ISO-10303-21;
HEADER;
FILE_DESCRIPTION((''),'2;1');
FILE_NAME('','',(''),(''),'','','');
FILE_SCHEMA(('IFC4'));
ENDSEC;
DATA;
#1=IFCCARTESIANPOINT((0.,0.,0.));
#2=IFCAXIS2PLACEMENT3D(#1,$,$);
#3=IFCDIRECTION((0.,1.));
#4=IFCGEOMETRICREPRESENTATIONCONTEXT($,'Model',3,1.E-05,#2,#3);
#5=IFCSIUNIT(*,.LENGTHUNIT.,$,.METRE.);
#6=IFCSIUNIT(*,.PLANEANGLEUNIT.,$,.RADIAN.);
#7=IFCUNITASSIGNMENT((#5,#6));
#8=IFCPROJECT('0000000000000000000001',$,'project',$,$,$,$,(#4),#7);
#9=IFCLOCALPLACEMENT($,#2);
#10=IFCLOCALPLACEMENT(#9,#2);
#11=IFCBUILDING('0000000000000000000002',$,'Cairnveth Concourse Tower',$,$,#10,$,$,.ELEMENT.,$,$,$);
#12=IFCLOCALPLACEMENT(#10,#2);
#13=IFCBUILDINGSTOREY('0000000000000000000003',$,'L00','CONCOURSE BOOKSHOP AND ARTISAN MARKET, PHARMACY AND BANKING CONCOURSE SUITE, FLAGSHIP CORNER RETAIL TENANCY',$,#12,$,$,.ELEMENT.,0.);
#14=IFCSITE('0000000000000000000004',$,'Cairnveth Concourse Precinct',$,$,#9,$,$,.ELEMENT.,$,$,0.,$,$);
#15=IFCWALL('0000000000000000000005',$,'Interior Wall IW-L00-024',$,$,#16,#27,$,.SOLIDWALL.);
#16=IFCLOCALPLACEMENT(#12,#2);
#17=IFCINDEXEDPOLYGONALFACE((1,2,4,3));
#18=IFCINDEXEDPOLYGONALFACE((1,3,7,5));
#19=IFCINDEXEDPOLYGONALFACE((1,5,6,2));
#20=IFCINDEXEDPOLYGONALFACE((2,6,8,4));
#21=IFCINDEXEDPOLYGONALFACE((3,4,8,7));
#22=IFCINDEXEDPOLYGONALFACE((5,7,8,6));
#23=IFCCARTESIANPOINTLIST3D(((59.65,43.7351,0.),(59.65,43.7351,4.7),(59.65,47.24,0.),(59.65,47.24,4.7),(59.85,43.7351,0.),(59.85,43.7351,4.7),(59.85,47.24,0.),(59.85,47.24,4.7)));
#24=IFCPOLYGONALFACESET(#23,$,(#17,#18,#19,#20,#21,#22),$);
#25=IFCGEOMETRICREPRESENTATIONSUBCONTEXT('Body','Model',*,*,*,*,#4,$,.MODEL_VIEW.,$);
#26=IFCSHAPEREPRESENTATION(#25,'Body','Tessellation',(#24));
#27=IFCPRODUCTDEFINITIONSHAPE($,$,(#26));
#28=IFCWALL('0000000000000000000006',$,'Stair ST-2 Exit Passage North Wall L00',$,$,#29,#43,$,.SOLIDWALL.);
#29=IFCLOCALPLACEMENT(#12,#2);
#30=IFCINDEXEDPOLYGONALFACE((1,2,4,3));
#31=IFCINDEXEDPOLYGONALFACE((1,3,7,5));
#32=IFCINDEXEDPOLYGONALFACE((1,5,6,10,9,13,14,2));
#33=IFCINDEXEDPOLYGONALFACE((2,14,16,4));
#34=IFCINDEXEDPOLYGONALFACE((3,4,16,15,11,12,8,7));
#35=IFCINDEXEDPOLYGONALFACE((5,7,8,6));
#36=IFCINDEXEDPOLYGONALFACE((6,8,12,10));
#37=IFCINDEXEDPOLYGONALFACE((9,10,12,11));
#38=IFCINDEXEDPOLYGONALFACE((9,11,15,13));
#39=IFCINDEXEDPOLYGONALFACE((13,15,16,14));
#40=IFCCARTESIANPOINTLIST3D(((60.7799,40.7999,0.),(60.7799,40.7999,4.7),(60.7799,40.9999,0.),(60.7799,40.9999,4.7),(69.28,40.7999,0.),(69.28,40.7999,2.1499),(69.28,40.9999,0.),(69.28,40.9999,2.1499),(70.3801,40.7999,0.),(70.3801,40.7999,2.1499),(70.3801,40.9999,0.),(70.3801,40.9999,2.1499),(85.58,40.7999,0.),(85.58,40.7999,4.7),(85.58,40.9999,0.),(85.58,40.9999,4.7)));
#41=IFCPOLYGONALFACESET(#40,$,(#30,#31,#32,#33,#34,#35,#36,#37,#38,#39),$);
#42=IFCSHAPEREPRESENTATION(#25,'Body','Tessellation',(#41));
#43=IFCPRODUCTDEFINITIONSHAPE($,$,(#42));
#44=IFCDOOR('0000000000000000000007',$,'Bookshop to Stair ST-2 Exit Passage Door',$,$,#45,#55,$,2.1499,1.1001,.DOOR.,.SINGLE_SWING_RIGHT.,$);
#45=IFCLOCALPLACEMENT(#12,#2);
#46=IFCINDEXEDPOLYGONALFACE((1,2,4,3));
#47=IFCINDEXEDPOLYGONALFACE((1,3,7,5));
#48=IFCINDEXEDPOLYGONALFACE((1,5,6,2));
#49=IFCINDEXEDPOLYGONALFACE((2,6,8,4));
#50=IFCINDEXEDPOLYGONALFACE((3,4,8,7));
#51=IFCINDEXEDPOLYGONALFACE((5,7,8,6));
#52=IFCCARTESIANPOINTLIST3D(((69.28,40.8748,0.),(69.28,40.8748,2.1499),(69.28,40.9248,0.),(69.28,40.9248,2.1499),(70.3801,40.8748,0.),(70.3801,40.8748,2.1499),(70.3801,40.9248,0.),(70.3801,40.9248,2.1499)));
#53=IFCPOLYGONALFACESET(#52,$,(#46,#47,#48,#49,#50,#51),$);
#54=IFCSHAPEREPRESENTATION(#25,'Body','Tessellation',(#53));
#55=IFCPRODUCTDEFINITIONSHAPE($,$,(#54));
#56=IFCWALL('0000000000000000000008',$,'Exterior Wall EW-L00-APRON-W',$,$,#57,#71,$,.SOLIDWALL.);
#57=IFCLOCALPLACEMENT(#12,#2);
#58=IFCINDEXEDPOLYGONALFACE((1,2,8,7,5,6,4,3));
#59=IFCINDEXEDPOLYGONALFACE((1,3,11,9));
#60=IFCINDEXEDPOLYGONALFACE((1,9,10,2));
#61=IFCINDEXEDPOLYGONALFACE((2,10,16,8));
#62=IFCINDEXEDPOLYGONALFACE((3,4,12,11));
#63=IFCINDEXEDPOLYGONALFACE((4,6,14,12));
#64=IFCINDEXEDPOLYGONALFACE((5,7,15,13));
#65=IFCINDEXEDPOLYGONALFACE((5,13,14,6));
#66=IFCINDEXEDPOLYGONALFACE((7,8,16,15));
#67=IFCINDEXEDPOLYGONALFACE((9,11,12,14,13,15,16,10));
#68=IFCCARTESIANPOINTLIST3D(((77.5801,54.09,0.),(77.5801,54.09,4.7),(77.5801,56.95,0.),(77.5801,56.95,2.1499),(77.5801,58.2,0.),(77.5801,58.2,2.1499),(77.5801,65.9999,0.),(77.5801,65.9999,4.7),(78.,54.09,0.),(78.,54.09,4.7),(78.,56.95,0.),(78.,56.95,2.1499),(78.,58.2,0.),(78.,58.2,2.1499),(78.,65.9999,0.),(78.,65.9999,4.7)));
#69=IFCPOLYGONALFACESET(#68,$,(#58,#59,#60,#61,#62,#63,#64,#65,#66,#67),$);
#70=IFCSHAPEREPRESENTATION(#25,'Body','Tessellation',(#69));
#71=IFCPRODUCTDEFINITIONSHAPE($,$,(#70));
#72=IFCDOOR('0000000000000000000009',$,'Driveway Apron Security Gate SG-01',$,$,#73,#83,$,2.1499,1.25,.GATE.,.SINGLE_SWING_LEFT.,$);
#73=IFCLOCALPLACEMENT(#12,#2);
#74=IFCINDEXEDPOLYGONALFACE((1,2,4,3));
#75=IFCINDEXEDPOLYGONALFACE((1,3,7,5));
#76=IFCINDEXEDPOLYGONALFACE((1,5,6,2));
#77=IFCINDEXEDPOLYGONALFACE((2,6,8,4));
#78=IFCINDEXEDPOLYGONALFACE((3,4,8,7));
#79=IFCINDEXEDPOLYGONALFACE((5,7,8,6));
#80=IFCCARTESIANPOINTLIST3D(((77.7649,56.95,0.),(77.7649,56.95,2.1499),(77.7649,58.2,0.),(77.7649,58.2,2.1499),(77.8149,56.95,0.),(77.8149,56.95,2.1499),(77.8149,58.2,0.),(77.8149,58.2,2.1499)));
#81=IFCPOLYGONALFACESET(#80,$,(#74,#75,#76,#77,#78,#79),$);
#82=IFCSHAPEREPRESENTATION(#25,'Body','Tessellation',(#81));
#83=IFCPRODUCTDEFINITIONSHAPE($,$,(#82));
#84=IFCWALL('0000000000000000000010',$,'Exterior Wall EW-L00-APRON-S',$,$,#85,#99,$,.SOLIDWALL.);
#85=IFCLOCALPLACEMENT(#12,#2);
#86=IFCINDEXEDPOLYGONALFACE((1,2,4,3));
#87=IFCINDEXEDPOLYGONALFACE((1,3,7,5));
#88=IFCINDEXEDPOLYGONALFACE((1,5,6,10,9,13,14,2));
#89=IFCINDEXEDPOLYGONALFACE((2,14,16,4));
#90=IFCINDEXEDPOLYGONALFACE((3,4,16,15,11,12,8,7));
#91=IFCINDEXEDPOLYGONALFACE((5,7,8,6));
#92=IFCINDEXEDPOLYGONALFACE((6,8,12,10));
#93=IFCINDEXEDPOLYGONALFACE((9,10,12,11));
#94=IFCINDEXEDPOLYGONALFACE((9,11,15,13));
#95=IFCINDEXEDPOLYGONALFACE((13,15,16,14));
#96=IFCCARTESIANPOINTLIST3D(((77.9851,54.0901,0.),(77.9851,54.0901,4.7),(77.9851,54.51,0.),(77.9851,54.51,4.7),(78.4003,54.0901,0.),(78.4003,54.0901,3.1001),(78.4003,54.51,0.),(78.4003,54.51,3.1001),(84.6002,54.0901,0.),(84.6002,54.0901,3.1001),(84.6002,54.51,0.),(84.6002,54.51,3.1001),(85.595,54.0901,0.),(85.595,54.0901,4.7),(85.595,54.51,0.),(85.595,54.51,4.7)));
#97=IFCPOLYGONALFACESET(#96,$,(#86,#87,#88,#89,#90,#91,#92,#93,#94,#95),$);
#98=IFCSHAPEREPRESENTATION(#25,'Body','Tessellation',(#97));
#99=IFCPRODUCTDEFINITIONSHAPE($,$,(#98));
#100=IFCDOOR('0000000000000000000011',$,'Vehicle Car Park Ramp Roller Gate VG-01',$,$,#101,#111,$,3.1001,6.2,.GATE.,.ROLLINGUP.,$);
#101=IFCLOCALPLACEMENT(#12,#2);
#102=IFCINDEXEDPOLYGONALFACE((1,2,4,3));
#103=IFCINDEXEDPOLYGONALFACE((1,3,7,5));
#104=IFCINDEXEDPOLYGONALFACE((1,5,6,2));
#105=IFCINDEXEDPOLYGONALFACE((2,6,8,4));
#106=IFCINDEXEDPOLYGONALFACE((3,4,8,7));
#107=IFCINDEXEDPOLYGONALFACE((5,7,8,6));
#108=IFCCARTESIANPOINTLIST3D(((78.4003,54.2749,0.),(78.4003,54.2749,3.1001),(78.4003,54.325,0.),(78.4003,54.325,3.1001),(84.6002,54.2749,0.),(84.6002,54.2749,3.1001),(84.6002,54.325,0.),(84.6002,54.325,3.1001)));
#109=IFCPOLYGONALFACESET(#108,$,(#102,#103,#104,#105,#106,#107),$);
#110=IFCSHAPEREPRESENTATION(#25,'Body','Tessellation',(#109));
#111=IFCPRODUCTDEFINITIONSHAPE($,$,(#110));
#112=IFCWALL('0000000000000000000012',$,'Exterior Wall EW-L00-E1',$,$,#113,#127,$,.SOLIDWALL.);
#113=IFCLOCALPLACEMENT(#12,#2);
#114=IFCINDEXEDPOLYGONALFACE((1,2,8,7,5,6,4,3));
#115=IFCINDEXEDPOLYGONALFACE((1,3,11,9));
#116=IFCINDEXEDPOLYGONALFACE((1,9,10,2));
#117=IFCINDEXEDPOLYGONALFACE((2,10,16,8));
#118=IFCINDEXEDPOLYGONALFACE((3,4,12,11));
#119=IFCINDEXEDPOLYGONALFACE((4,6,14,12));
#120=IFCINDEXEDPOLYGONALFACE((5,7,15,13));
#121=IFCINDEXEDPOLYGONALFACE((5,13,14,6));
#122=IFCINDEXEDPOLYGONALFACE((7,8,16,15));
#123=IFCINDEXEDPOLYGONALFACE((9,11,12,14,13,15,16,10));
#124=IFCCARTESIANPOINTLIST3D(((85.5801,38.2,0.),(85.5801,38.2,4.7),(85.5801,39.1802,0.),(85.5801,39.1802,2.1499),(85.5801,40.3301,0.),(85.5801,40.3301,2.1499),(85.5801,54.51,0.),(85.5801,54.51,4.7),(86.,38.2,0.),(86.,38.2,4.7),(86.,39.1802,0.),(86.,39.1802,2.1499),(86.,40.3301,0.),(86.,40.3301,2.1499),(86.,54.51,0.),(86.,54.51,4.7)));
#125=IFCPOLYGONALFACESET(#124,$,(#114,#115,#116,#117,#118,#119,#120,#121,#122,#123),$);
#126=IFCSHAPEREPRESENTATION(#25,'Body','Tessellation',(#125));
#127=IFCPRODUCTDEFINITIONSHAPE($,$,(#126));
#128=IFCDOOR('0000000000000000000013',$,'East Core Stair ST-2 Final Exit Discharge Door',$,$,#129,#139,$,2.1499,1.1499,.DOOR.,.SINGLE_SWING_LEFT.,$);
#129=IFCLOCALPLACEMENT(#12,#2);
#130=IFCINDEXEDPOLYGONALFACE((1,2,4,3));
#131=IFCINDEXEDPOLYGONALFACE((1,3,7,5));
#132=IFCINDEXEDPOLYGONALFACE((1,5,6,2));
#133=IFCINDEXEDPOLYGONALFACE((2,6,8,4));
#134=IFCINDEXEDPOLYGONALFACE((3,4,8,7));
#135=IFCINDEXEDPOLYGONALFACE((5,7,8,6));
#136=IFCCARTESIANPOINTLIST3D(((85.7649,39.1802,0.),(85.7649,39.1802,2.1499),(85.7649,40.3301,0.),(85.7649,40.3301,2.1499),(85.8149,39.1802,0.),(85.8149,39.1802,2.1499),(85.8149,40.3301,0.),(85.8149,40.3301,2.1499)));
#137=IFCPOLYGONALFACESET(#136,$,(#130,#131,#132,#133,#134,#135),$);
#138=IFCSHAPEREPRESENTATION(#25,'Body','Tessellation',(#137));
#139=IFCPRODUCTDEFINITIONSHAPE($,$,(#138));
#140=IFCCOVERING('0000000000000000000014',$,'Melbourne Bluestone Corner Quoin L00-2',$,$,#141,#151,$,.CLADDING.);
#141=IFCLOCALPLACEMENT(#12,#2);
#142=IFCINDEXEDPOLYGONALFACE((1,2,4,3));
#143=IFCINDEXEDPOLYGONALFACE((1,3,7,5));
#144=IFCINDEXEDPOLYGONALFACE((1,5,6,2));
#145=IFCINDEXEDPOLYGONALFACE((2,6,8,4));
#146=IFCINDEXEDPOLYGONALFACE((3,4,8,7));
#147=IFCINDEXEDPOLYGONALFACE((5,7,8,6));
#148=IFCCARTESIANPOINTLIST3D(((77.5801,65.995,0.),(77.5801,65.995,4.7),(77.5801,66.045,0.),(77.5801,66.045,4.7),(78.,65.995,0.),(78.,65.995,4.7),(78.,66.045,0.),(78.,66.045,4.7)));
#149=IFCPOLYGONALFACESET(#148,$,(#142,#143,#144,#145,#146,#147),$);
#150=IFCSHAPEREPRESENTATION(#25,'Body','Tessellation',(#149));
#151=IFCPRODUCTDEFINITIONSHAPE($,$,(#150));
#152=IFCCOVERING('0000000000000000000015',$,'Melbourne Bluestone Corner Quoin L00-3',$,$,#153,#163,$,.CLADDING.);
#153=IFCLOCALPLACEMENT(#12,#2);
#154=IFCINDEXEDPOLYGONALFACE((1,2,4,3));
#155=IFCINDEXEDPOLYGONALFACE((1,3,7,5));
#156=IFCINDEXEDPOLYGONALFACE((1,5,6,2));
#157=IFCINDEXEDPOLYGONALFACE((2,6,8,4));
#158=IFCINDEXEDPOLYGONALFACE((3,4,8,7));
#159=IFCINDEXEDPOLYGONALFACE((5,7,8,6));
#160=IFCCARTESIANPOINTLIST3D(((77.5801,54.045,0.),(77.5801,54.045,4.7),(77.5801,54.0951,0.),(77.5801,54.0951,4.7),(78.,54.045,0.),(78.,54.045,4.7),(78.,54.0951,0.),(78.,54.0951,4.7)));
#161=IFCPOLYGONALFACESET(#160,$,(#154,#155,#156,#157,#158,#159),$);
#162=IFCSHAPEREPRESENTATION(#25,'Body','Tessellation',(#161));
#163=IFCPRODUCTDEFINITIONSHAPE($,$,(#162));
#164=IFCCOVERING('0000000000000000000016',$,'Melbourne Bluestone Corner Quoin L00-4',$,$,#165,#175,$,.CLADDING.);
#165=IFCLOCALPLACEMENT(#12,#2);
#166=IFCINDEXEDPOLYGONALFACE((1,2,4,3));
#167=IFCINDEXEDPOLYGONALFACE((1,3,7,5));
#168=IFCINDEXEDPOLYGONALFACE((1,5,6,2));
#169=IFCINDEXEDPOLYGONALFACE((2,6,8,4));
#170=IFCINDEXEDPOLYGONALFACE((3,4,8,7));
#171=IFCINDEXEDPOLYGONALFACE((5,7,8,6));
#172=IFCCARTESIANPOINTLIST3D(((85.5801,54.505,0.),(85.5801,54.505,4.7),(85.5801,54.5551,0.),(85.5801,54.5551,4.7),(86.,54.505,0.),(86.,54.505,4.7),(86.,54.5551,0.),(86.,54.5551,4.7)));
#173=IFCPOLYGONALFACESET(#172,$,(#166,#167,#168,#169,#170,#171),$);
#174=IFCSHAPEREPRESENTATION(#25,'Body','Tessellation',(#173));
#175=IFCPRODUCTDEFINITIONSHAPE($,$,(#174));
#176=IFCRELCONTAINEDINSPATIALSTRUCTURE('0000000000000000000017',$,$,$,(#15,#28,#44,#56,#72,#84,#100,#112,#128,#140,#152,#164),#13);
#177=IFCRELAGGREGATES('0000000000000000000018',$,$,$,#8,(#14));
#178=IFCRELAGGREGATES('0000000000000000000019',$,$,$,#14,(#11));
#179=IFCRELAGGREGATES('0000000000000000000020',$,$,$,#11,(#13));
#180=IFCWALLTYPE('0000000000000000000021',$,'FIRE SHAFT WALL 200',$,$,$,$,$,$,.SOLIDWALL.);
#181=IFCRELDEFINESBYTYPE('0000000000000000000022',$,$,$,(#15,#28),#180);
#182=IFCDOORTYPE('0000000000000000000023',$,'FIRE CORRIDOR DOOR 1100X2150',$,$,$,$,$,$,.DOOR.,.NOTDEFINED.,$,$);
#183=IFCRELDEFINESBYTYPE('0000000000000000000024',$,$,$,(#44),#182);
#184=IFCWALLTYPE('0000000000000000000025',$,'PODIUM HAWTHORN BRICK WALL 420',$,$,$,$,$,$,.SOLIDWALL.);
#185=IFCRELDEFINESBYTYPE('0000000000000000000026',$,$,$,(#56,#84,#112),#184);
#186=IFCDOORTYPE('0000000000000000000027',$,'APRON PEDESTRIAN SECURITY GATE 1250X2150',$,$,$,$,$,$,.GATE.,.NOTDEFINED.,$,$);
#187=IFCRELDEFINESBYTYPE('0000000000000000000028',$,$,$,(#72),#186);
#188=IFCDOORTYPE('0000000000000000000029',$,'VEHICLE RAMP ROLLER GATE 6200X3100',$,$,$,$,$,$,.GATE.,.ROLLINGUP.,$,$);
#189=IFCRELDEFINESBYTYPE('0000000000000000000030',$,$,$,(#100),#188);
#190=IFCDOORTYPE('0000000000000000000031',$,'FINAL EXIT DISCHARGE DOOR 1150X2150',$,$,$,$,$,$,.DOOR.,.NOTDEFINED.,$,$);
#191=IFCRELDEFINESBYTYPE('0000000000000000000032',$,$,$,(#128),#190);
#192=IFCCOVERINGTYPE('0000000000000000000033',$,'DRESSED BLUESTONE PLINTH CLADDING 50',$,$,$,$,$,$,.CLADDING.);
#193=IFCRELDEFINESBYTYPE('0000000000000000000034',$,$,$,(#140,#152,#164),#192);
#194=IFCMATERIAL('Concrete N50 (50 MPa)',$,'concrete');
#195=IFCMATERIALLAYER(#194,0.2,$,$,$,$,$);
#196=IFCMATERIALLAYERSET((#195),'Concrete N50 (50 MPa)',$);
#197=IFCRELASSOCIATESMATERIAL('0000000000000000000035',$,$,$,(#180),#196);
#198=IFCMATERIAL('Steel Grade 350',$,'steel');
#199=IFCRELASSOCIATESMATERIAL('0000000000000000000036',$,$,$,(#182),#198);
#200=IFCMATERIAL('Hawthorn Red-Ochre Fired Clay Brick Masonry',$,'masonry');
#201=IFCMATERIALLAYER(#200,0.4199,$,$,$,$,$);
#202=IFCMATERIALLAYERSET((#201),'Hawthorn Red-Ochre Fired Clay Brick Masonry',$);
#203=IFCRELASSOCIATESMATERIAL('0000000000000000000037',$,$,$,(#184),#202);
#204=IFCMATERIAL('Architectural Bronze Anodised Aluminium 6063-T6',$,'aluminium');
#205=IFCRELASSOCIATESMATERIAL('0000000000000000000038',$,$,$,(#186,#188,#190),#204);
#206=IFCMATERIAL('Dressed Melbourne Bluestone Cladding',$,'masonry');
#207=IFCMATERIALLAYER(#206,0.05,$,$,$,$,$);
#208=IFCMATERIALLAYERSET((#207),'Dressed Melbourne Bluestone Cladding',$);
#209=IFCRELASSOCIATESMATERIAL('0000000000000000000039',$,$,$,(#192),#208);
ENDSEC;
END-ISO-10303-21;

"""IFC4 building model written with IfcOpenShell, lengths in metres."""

from ifc_helpers import new_model, si_unit, direction, frame, frame_2d, origin, place, context, subcontext, project, spatial, rectangle, extrude, material, layer, layer_set, type_object, element, fill, save


model = new_model("IFC4")

# Units and contexts
model_context = context("Model", 3, precision=1e-05, world=origin(), true_north=direction((0.0, 1.0)))
body_context = subcontext(model_context, "Body", "Model", "MODEL_VIEW")
ifc_project = project(units=[si_unit("LENGTHUNIT", "METRE"), si_unit("PLANEANGLEUNIT", "RADIAN")], contexts=[model_context])

# Site, building, storey
site_placement = place(None, origin())
site = spatial("IfcSite", under=ifc_project, at=site_placement, Name="Cairnveth Concourse Precinct", CompositionType="ELEMENT", RefElevation=0.0)
building_placement = place(site_placement, origin())
building = spatial("IfcBuilding", under=site, at=building_placement, Name="Cairnveth Concourse Tower", CompositionType="ELEMENT")
storey_placement = place(building_placement, origin())
storey = spatial("IfcBuildingStorey", under=building, at=storey_placement, Name="L00", Description="CONCOURSE BOOKSHOP AND ARTISAN MARKET, PHARMACY AND BANKING CONCOURSE SUITE, FLAGSHIP CORNER RETAIL TENANCY", CompositionType="ELEMENT", Elevation=0.0)

# Shared definitions
ifc_material_1 = material(Name="Steel Grade 350", Category="steel")

# Wall
ifc_material_2 = material(Name="Concrete N50 (50 MPa)", Category="concrete")
ifc_layer_1 = layer(ifc_material_2, 0.2)
ifc_layer_set_1 = layer_set([ifc_layer_1], Name="Concrete N50 (50 MPa)")
wall_type_1 = type_object("IfcWallType", Name="FIRE SHAFT WALL 200", PredefinedType="SOLIDWALL", material=ifc_layer_set_1)
for number, where, z_axis, x_axis, name in (
    (1, (59.75, 43.7351, 0.0), (0.0, 0.0, 1.0), (0.0, 1.0, 0.0), "Interior Wall IW-L00-024"),
):
    element("IfcWall", number, at=place(storey_placement, frame(where, z_axis=z_axis, x_axis=x_axis)), inside=storey, type_object=wall_type_1, Name=name, PredefinedType="SOLIDWALL", context=body_context, shape_type="SweptSolid", body=[
        extrude(rectangle(XDim=3.5049, YDim=0.2, at=frame_2d((1.7524, 0.0))), origin(), (0.0, 0.0, 1.0), 4.7),
    ])

# Walls, openings, doors
wall_1_placement = place(storey_placement, frame((60.78, 40.8999, 0.0), z_axis=(0.0, 0.0, 1.0), x_axis=(1.0, 0.0, 0.0)))
wall_1 = element("IfcWall", 2, at=wall_1_placement, inside=storey, type_object=wall_type_1, Name="Stair ST-2 Exit Passage North Wall L00", PredefinedType="SOLIDWALL", context=body_context, shape_type="SweptSolid", body=[
    extrude(rectangle(XDim=24.8, YDim=0.2, at=frame_2d((12.3999, 0.0))), origin(), (0.0, 0.0, 1.0), 4.7),
])
opening_1_placement = place(wall_1_placement, frame((8.5, 0.0, 0.0)))
opening_1 = element("IfcOpeningElement", 3, at=opening_1_placement, cuts=wall_1, PredefinedType="OPENING", context=body_context, shape_type="SweptSolid", body=[
    extrude(rectangle(XDim=1.1001, YDim=2.1499, at=frame_2d((0.55, 1.075))), frame((0.0, 0.1099, 0.0), z_axis=(0.0, -1.0, 0.0), x_axis=(1.0, 0.0, 0.0)), (0.0, 0.0, 1.0), 0.22),
])
door_type_1 = type_object("IfcDoorType", Name="FIRE CORRIDOR DOOR 1100X2150", OperationType="NOTDEFINED", PredefinedType="DOOR", material=ifc_material_1)
door_1_placement = place(opening_1_placement, origin())
door_1 = element("IfcDoor", 4, at=door_1_placement, inside=storey, type_object=door_type_1, Name="Bookshop to Stair ST-2 Exit Passage Door", OperationType="SINGLE_SWING_RIGHT", OverallHeight=2.1499, OverallWidth=1.1001, PredefinedType="DOOR", context=body_context, shape_type="SweptSolid", body=[
    extrude(rectangle(XDim=1.1001, YDim=2.1499, at=frame_2d((0.55, 1.075))), frame((0.0, 0.0249, 0.0), z_axis=(0.0, -1.0, 0.0), x_axis=(1.0, 0.0, 0.0)), (0.0, 0.0, 1.0), 0.05),
])
fill(opening_1, door_1)
ifc_material_3 = material(Name="Hawthorn Red-Ochre Fired Clay Brick Masonry", Category="masonry")
ifc_layer_2 = layer(ifc_material_3, 0.4199)
ifc_layer_set_2 = layer_set([ifc_layer_2], Name="Hawthorn Red-Ochre Fired Clay Brick Masonry")
wall_type_2 = type_object("IfcWallType", Name="PODIUM HAWTHORN BRICK WALL 420", PredefinedType="SOLIDWALL", material=ifc_layer_set_2)
wall_2_placement = place(storey_placement, frame((77.79, 66.0, 0.0), z_axis=(0.0, 0.0, 1.0), x_axis=(0.0, -1.0, 0.0)))
wall_2 = element("IfcWall", 5, at=wall_2_placement, inside=storey, type_object=wall_type_2, Name="Exterior Wall EW-L00-APRON-W", PredefinedType="SOLIDWALL", context=body_context, shape_type="SweptSolid", body=[
    extrude(rectangle(XDim=11.9099, YDim=0.4199, at=frame_2d((5.9551, 0.0))), origin(), (0.0, 0.0, 1.0), 4.7),
])
opening_2_placement = place(wall_2_placement, frame((7.8, 0.0, 0.0)))
opening_2 = element("IfcOpeningElement", 6, at=opening_2_placement, cuts=wall_2, PredefinedType="OPENING", context=body_context, shape_type="SweptSolid", body=[
    extrude(rectangle(XDim=1.25, YDim=2.1499, at=frame_2d((0.625, 1.075))), frame((0.0, 0.22, 0.0), z_axis=(0.0, -1.0, 0.0), x_axis=(1.0, 0.0, 0.0)), (0.0, 0.0, 1.0), 0.4399),
])
ifc_material_4 = material(Name="Architectural Bronze Anodised Aluminium 6063-T6", Category="aluminium")
door_type_2 = type_object("IfcDoorType", Name="APRON PEDESTRIAN SECURITY GATE 1250X2150", OperationType="NOTDEFINED", PredefinedType="GATE", material=ifc_material_4)
door_2_placement = place(opening_2_placement, origin())
door_2 = element("IfcDoor", 7, at=door_2_placement, inside=storey, type_object=door_type_2, Name="Driveway Apron Security Gate SG-01", OperationType="SINGLE_SWING_LEFT", OverallHeight=2.1499, OverallWidth=1.25, PredefinedType="GATE", context=body_context, shape_type="SweptSolid", body=[
    extrude(rectangle(XDim=1.25, YDim=2.1499, at=frame_2d((0.625, 1.075))), frame((0.0, 0.0249, 0.0), z_axis=(0.0, -1.0, 0.0), x_axis=(1.0, 0.0, 0.0)), (0.0, 0.0, 1.0), 0.05),
])
fill(opening_2, door_2)
wall_3_placement = place(storey_placement, frame((77.9851, 54.3, 0.0), z_axis=(0.0, 0.0, 1.0), x_axis=(1.0, 0.0, 0.0)))
wall_3 = element("IfcWall", 8, at=wall_3_placement, inside=storey, type_object=wall_type_2, Name="Exterior Wall EW-L00-APRON-S", PredefinedType="SOLIDWALL", context=body_context, shape_type="SweptSolid", body=[
    extrude(rectangle(XDim=7.6099, YDim=0.4199, at=frame_2d((3.8049, 0.0))), origin(), (0.0, 0.0, 1.0), 4.7),
])
opening_3_placement = place(wall_3_placement, frame((0.415, 0.0, 0.0)))
opening_3 = element("IfcOpeningElement", 9, at=opening_3_placement, cuts=wall_3, PredefinedType="OPENING", context=body_context, shape_type="SweptSolid", body=[
    extrude(rectangle(XDim=6.2, YDim=3.1001, at=frame_2d((3.1001, 1.55))), frame((0.0, 0.22, 0.0), z_axis=(0.0, -1.0, 0.0), x_axis=(1.0, 0.0, 0.0)), (0.0, 0.0, 1.0), 0.4399),
])
door_type_3 = type_object("IfcDoorType", Name="VEHICLE RAMP ROLLER GATE 6200X3100", OperationType="ROLLINGUP", PredefinedType="GATE", material=ifc_material_4)
door_3_placement = place(opening_3_placement, origin())
door_3 = element("IfcDoor", 10, at=door_3_placement, inside=storey, type_object=door_type_3, Name="Vehicle Car Park Ramp Roller Gate VG-01", OperationType="ROLLINGUP", OverallHeight=3.1001, OverallWidth=6.2, PredefinedType="GATE", context=body_context, shape_type="SweptSolid", body=[
    extrude(rectangle(XDim=6.2, YDim=3.1001, at=frame_2d((3.1001, 1.55))), frame((0.0, 0.0249, 0.0), z_axis=(0.0, -1.0, 0.0), x_axis=(1.0, 0.0, 0.0)), (0.0, 0.0, 1.0), 0.05),
])
fill(opening_3, door_3)
wall_4_placement = place(storey_placement, frame((85.79, 54.51, 0.0), z_axis=(0.0, 0.0, 1.0), x_axis=(0.0, -1.0, 0.0)))
wall_4 = element("IfcWall", 11, at=wall_4_placement, inside=storey, type_object=wall_type_2, Name="Exterior Wall EW-L00-E1", PredefinedType="SOLIDWALL", context=body_context, shape_type="SweptSolid", body=[
    extrude(rectangle(XDim=16.3101, YDim=0.4199, at=frame_2d((8.155, 0.0))), origin(), (0.0, 0.0, 1.0), 4.7),
])
opening_4_placement = place(wall_4_placement, frame((14.1799, 0.0, 0.0)))
opening_4 = element("IfcOpeningElement", 12, at=opening_4_placement, cuts=wall_4, PredefinedType="OPENING", context=body_context, shape_type="SweptSolid", body=[
    extrude(rectangle(XDim=1.1499, YDim=2.1499, at=frame_2d((0.575, 1.075))), frame((0.0, 0.22, 0.0), z_axis=(0.0, -1.0, 0.0), x_axis=(1.0, 0.0, 0.0)), (0.0, 0.0, 1.0), 0.4399),
])
door_type_4 = type_object("IfcDoorType", Name="FINAL EXIT DISCHARGE DOOR 1150X2150", OperationType="NOTDEFINED", PredefinedType="DOOR", material=ifc_material_4)
door_4_placement = place(opening_4_placement, origin())
door_4 = element("IfcDoor", 13, at=door_4_placement, inside=storey, type_object=door_type_4, Name="East Core Stair ST-2 Final Exit Discharge Door", OperationType="SINGLE_SWING_LEFT", OverallHeight=2.1499, OverallWidth=1.1499, PredefinedType="DOOR", context=body_context, shape_type="SweptSolid", body=[
    extrude(rectangle(XDim=1.1499, YDim=2.1499, at=frame_2d((0.575, 1.075))), frame((0.0, 0.0249, 0.0), z_axis=(0.0, -1.0, 0.0), x_axis=(1.0, 0.0, 0.0)), (0.0, 0.0, 1.0), 0.05),
])
fill(opening_4, door_4)

# Coverings
ifc_material_5 = material(Name="Dressed Melbourne Bluestone Cladding", Category="masonry")
ifc_layer_3 = layer(ifc_material_5, 0.05)
ifc_layer_set_3 = layer_set([ifc_layer_3], Name="Dressed Melbourne Bluestone Cladding")
covering_type = type_object("IfcCoveringType", Name="DRESSED BLUESTONE PLINTH CLADDING 50", PredefinedType="CLADDING", material=ifc_layer_set_3)
for number, where, z_axis, x_axis, name in (
    (14, (77.5801, 66.02, 0.0), (0.0, 0.0, 1.0), (1.0, 0.0, 0.0), "Melbourne Bluestone Corner Quoin L00-2"),
    (15, (77.5801, 54.0701, 0.0), (0.0, 0.0, 1.0), (1.0, 0.0, 0.0), "Melbourne Bluestone Corner Quoin L00-3"),
    (16, (85.5801, 54.53, 0.0), (0.0, 0.0, 1.0), (1.0, 0.0, 0.0), "Melbourne Bluestone Corner Quoin L00-4"),
):
    element("IfcCovering", number, at=place(storey_placement, frame(where, z_axis=z_axis, x_axis=x_axis)), inside=storey, type_object=covering_type, Name=name, PredefinedType="CLADDING", context=body_context, shape_type="SweptSolid", body=[
        extrude(rectangle(XDim=0.4199, YDim=0.05, at=frame_2d((0.21, 0.0))), origin(), (0.0, 0.0, 1.0), 4.7),
    ])

save(model, "model.ifc")
